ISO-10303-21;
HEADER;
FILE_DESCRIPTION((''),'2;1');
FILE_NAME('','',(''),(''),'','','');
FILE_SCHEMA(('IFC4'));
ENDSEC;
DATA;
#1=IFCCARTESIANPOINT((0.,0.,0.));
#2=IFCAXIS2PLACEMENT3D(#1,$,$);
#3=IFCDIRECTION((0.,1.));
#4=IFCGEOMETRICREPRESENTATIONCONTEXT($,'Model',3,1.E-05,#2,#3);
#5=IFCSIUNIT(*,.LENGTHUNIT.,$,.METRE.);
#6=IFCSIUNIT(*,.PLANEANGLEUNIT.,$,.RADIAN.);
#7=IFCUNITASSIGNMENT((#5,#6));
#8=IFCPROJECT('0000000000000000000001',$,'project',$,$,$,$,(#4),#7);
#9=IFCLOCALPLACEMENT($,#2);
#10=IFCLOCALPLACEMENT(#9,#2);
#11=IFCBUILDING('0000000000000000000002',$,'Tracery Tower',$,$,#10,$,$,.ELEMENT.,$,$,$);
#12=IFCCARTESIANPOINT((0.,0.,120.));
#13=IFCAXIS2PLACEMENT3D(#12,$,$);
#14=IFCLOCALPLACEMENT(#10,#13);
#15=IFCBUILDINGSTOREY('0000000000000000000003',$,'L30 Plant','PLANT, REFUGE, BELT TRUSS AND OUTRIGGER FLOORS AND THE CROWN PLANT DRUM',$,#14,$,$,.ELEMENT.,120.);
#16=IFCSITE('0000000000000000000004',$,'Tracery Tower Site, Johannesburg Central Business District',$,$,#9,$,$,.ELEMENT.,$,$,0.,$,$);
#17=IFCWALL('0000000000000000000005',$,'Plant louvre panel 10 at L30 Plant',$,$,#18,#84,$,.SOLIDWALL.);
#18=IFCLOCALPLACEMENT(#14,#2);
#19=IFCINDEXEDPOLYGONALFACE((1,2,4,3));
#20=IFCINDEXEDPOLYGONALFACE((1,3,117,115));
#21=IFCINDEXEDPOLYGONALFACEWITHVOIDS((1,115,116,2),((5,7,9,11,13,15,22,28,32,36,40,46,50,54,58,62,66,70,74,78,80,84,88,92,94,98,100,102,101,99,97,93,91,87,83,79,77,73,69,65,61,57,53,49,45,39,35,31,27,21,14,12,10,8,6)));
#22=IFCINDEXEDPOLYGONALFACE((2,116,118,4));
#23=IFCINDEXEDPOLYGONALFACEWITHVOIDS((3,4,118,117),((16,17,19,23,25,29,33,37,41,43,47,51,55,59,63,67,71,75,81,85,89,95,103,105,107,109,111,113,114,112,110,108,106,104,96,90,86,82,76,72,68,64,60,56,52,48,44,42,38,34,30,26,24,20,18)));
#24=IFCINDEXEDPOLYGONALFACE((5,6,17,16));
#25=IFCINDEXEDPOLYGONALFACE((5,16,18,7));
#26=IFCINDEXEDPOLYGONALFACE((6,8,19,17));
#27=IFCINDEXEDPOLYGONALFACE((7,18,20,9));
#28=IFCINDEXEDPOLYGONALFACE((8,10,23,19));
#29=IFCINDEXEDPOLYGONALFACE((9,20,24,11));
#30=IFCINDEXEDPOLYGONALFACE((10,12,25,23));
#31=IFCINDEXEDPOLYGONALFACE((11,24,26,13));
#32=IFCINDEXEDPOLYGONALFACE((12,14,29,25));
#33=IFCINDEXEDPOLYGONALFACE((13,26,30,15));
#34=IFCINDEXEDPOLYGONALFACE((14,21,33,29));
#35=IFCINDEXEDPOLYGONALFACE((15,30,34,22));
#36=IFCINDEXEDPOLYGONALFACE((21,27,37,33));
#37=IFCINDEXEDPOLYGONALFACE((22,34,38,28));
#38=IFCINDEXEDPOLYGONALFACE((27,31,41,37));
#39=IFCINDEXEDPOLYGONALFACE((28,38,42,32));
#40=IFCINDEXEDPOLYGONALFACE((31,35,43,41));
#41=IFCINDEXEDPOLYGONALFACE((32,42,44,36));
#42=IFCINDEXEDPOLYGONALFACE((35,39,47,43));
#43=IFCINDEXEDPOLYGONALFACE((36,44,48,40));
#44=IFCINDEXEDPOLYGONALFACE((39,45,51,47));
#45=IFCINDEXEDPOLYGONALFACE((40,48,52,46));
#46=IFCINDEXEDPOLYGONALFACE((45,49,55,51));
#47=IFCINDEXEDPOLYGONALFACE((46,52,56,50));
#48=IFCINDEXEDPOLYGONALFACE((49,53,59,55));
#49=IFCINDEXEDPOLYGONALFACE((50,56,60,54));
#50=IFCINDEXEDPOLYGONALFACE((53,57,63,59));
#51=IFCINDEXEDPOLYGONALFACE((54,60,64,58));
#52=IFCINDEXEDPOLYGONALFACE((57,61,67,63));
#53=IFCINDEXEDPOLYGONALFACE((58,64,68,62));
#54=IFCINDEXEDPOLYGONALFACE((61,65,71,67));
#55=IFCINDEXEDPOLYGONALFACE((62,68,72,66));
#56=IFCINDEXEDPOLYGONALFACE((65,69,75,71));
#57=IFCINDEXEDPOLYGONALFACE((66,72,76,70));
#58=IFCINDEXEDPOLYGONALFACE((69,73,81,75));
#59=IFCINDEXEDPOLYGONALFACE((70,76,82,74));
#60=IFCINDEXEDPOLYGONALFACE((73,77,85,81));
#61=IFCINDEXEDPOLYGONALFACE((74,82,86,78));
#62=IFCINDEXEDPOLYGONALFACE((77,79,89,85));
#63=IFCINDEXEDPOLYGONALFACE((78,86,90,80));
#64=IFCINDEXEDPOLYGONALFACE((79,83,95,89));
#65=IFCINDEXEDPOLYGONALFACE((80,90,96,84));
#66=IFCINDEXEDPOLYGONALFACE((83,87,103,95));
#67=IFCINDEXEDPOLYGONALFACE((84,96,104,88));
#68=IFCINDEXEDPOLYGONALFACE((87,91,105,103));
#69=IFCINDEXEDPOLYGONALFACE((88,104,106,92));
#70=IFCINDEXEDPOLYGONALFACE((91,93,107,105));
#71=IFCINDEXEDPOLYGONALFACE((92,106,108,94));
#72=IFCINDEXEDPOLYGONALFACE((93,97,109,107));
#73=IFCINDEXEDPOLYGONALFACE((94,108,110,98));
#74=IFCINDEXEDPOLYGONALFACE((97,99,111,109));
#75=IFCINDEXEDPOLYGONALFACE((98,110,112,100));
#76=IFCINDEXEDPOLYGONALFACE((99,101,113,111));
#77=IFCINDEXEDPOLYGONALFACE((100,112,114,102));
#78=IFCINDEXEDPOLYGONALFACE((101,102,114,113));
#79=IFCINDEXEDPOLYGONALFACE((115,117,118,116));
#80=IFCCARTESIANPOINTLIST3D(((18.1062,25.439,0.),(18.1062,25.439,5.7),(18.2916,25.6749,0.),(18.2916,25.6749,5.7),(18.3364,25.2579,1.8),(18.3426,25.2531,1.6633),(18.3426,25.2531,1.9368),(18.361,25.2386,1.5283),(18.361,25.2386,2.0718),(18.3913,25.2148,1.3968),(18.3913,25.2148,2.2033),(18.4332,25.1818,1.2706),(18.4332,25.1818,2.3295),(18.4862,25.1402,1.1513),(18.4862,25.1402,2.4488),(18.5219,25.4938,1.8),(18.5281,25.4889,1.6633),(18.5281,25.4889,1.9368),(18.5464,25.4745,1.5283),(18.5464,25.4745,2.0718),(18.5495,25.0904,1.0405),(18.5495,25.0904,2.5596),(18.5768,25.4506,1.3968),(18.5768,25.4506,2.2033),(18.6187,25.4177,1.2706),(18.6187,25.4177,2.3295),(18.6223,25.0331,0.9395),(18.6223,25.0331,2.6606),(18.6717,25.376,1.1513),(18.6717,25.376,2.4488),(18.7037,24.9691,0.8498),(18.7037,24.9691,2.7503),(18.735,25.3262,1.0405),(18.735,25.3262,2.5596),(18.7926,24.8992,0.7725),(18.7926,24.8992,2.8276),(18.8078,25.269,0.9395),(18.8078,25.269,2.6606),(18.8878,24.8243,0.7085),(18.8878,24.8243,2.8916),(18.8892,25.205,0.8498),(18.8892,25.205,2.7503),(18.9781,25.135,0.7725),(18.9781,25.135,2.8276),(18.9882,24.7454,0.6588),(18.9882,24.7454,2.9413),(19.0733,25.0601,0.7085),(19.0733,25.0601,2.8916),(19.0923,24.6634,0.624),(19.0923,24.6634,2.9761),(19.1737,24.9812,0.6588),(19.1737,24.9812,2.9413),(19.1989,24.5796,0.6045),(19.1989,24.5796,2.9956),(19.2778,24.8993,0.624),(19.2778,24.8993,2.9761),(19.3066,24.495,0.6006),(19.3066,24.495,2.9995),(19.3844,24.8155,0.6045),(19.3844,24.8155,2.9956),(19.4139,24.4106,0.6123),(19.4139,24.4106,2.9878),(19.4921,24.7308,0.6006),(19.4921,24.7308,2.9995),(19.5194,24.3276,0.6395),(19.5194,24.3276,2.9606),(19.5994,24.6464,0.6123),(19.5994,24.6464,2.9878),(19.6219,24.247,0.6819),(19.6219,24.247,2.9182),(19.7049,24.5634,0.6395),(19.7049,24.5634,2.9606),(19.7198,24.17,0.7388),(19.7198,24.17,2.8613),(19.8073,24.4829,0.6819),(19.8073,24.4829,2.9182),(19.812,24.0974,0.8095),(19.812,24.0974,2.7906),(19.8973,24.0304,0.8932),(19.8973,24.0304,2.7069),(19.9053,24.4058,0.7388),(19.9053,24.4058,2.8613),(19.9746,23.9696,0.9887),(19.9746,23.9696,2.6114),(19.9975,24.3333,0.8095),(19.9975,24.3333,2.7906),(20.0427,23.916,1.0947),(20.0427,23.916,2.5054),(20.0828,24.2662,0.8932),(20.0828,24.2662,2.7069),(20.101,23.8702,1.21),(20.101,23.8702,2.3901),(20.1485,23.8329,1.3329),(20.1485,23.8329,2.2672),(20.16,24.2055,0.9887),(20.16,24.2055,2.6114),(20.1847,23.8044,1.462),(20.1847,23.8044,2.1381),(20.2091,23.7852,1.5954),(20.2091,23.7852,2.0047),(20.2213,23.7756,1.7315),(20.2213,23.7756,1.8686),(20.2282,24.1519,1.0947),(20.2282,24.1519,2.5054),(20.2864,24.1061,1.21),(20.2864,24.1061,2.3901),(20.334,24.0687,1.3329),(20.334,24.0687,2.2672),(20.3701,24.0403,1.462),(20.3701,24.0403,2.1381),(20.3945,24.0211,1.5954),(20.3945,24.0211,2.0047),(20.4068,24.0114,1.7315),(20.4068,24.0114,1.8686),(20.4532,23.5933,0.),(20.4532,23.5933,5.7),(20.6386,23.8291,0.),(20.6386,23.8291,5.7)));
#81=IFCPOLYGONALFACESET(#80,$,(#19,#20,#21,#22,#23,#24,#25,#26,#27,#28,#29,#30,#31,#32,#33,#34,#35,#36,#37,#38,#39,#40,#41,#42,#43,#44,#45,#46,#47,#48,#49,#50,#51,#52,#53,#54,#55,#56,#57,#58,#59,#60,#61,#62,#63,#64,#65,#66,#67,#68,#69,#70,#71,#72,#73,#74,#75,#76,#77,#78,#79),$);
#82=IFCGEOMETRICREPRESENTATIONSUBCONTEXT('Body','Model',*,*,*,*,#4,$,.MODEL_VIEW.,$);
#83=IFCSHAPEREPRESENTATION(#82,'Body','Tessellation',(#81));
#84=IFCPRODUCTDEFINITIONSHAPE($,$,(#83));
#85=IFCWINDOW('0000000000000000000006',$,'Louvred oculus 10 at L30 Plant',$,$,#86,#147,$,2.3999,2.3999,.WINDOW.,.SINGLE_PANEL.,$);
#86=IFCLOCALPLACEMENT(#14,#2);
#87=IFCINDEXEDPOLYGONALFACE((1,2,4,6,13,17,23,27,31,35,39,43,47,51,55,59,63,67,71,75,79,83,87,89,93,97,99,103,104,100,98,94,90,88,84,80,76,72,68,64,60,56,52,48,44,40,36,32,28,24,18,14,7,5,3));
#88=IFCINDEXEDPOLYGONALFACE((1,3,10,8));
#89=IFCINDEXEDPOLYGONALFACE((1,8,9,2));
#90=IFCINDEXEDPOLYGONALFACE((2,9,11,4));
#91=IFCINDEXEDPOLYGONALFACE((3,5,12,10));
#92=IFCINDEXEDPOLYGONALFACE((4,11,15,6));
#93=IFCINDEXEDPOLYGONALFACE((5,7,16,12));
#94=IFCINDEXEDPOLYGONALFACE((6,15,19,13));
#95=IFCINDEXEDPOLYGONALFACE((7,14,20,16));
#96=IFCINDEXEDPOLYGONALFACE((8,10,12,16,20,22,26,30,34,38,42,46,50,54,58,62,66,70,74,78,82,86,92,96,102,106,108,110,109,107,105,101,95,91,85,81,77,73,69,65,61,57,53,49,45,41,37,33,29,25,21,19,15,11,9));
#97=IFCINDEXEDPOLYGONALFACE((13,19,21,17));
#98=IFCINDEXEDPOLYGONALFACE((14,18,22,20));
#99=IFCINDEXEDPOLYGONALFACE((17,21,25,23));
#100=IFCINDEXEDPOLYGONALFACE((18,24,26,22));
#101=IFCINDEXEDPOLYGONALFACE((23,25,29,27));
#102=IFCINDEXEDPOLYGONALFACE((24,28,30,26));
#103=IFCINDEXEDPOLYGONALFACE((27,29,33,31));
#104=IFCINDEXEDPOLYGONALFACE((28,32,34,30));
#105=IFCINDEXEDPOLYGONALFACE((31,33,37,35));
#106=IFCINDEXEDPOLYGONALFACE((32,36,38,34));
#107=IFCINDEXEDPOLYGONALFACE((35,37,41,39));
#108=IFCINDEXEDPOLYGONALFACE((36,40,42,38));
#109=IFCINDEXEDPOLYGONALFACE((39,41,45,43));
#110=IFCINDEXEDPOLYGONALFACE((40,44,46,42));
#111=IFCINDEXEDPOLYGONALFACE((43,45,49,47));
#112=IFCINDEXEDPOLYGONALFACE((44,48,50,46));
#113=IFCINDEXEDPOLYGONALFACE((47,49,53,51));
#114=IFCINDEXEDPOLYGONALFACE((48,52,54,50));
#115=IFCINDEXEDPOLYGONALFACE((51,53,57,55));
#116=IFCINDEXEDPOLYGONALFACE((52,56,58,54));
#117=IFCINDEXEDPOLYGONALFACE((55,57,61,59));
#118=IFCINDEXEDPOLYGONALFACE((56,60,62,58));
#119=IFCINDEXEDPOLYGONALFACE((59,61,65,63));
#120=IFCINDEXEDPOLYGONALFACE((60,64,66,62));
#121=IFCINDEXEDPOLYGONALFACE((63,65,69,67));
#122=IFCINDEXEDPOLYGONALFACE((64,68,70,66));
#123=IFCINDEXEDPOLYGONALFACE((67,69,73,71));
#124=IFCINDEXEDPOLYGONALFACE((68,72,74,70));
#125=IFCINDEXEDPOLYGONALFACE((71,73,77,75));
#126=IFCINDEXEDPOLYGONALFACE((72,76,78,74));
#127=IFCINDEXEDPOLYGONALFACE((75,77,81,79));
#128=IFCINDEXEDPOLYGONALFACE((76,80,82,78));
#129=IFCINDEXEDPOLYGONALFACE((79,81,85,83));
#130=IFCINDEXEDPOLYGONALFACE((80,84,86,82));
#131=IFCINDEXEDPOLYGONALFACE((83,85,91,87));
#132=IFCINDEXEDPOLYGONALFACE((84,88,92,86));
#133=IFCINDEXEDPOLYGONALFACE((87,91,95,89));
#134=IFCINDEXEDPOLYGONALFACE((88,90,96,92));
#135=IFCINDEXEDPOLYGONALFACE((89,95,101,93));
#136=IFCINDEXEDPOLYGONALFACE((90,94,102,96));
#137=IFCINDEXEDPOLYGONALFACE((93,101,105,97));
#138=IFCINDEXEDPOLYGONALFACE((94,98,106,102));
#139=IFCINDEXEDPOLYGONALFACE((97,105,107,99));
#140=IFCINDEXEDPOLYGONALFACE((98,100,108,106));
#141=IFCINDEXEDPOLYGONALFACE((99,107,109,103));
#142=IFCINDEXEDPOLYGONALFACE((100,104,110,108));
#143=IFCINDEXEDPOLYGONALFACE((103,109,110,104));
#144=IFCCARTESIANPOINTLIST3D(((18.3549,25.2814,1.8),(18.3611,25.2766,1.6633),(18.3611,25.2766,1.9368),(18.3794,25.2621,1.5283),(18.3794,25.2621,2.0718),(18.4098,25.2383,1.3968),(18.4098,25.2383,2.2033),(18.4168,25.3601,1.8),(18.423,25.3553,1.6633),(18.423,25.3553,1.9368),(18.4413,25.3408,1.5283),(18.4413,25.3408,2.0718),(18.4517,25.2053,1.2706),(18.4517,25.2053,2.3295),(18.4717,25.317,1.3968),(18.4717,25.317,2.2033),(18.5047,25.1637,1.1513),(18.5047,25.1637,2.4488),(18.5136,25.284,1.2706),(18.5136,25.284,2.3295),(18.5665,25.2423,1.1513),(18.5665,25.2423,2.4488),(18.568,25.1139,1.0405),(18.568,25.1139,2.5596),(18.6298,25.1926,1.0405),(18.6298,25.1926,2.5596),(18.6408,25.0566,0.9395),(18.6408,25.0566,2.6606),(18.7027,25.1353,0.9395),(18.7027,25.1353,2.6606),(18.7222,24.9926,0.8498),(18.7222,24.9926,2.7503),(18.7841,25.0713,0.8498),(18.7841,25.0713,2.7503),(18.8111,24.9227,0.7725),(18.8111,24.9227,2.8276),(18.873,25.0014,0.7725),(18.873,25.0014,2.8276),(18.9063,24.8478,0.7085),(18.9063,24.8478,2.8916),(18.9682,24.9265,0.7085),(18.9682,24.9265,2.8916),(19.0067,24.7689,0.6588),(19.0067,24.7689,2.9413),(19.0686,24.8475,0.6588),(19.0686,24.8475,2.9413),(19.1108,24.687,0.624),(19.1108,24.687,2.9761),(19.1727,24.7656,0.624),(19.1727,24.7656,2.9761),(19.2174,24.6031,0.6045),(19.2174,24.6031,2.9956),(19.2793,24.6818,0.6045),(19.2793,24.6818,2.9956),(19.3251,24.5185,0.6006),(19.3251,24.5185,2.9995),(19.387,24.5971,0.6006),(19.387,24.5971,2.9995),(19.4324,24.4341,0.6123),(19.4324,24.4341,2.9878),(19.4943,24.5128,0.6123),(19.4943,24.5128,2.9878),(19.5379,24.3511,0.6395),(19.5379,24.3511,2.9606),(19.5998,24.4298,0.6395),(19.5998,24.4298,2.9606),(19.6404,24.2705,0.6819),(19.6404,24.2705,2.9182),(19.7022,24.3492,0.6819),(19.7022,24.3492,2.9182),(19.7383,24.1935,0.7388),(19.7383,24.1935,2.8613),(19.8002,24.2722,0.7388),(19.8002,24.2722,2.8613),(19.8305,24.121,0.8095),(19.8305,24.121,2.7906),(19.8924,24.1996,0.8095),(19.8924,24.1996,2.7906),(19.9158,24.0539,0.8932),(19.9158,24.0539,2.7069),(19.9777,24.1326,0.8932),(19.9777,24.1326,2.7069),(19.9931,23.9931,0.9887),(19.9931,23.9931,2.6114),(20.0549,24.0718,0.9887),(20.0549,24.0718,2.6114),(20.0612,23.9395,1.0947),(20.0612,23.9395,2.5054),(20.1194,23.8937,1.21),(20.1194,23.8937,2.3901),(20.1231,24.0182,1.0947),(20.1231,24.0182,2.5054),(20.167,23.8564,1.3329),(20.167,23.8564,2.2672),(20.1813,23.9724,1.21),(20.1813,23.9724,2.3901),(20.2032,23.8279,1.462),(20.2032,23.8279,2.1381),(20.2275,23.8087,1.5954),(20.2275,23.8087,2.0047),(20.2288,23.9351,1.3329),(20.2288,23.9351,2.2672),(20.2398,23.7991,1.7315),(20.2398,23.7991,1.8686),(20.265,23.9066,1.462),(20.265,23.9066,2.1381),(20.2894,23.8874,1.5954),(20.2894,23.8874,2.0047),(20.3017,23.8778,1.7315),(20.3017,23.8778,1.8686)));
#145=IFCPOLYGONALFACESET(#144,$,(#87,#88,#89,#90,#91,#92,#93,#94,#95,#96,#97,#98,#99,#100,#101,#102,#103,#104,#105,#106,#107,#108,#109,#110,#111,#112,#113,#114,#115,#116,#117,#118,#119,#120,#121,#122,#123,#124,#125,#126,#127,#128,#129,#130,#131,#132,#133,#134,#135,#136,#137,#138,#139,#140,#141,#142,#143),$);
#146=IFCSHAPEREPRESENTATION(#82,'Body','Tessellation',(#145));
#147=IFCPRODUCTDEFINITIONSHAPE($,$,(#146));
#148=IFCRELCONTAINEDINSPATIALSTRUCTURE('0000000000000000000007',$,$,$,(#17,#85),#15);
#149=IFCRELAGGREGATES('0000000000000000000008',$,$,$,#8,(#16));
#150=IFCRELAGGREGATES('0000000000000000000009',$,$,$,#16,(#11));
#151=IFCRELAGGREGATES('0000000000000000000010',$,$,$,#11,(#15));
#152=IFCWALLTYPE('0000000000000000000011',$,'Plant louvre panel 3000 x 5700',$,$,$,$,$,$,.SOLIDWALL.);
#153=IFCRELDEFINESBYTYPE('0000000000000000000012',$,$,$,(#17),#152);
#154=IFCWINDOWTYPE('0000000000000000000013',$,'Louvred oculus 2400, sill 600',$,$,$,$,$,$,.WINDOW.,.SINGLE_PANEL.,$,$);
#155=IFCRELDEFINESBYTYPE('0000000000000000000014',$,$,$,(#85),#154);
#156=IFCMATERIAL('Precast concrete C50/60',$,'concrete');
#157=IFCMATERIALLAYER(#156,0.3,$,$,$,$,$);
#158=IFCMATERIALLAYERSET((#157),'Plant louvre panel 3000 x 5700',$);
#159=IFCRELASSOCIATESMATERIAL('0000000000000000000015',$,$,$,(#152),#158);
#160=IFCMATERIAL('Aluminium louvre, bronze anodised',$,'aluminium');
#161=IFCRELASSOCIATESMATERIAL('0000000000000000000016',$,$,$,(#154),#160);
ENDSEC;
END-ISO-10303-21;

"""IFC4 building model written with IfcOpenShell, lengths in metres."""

from ifc_helpers import new_model, si_unit, direction, frame, frame_2d, origin, origin_2d, place, context, subcontext, project, spatial, rectangle, circle, extrude, material, layer, layer_set, type_object, element, fill, save


model = new_model("IFC4")

# Units and contexts
model_context = context("Model", 3, precision=1e-05, world=origin(), true_north=direction((0.0, 1.0)))
body_context = subcontext(model_context, "Body", "Model", "MODEL_VIEW")
ifc_project = project(units=[si_unit("LENGTHUNIT", "METRE"), si_unit("PLANEANGLEUNIT", "RADIAN")], contexts=[model_context])

# Site, building, storey
site_placement = place(None, origin())
site = spatial("IfcSite", under=ifc_project, at=site_placement, Name="Tracery Tower Site, Johannesburg Central Business District", CompositionType="ELEMENT", RefElevation=0.0)
building_placement = place(site_placement, origin())
building = spatial("IfcBuilding", under=site, at=building_placement, Name="Tracery Tower", CompositionType="ELEMENT")
storey_placement = place(building_placement, frame((0.0, 0.0, 120.0)))
storey = spatial("IfcBuildingStorey", under=building, at=storey_placement, Name="L30 Plant", Description="PLANT, REFUGE, BELT TRUSS AND OUTRIGGER FLOORS AND THE CROWN PLANT DRUM", CompositionType="ELEMENT", Elevation=120.0)

# Wall, opening, window
ifc_material_1 = material(Name="Precast concrete C50/60", Category="concrete")
ifc_layer_1 = layer(ifc_material_1, 0.3)
ifc_layer_set_1 = layer_set([ifc_layer_1], Name="Plant louvre panel 3000 x 5700")
wall_type_1 = type_object("IfcWallType", Name="Plant louvre panel 3000 x 5700", PredefinedType="SOLIDWALL", material=ifc_layer_set_1)
ifc_material_2 = material(Name="Aluminium louvre, bronze anodised", Category="aluminium")
window_type = type_object("IfcWindowType", Name="Louvred oculus 2400, sill 600", PartitioningType="SINGLE_PANEL", PredefinedType="WINDOW", material=ifc_material_2)
wall_1_placement = place(storey_placement, frame((20.5459, 23.7112, 0.0), z_axis=(0.0, 0.0, 1.0), x_axis=(-0.786043, 0.618172, 0.0)))
wall_1 = element("IfcWall", 1, at=wall_1_placement, inside=storey, type_object=wall_type_1, Name="Plant louvre panel 10 at L30 Plant", PredefinedType="SOLIDWALL", context=body_context, shape_type="SweptSolid", body=[
    extrude(rectangle(XDim=2.9858, YDim=0.3, at=frame_2d((1.4929, 0.0))), origin(), (0.0, 0.0, 1.0), 5.7),
])
opening_1_placement = place(wall_1_placement, frame((1.4929, 0.0, 1.8)))
opening_1 = element("IfcOpeningElement", 2, at=opening_1_placement, cuts=wall_1, PredefinedType="OPENING", context=body_context, shape_type="SweptSolid", body=[
    extrude(circle(Radius=1.2, at=origin_2d()), frame((0.0, 0.1599, 0.0), z_axis=(0.0, -1.0, 0.0), x_axis=(1.0, 0.0, 0.0)), (0.0, 0.0, 1.0), 0.3201),
])
window_1_placement = place(opening_1_placement, origin())
window_1 = element("IfcWindow", 3, at=window_1_placement, inside=storey, type_object=window_type, Name="Louvred oculus 10 at L30 Plant", OverallHeight=2.3999, OverallWidth=2.3999, PartitioningType="SINGLE_PANEL", PredefinedType="WINDOW", context=body_context, shape_type="SweptSolid", body=[
    extrude(circle(Radius=1.2, at=origin_2d()), frame((0.0, 0.1201, 0.0), z_axis=(0.0, -1.0, 0.0), x_axis=(1.0, 0.0, 0.0)), (0.0, 0.0, 1.0), 0.1001),
])
fill(opening_1, window_1)

save(model, "model.ifc")
